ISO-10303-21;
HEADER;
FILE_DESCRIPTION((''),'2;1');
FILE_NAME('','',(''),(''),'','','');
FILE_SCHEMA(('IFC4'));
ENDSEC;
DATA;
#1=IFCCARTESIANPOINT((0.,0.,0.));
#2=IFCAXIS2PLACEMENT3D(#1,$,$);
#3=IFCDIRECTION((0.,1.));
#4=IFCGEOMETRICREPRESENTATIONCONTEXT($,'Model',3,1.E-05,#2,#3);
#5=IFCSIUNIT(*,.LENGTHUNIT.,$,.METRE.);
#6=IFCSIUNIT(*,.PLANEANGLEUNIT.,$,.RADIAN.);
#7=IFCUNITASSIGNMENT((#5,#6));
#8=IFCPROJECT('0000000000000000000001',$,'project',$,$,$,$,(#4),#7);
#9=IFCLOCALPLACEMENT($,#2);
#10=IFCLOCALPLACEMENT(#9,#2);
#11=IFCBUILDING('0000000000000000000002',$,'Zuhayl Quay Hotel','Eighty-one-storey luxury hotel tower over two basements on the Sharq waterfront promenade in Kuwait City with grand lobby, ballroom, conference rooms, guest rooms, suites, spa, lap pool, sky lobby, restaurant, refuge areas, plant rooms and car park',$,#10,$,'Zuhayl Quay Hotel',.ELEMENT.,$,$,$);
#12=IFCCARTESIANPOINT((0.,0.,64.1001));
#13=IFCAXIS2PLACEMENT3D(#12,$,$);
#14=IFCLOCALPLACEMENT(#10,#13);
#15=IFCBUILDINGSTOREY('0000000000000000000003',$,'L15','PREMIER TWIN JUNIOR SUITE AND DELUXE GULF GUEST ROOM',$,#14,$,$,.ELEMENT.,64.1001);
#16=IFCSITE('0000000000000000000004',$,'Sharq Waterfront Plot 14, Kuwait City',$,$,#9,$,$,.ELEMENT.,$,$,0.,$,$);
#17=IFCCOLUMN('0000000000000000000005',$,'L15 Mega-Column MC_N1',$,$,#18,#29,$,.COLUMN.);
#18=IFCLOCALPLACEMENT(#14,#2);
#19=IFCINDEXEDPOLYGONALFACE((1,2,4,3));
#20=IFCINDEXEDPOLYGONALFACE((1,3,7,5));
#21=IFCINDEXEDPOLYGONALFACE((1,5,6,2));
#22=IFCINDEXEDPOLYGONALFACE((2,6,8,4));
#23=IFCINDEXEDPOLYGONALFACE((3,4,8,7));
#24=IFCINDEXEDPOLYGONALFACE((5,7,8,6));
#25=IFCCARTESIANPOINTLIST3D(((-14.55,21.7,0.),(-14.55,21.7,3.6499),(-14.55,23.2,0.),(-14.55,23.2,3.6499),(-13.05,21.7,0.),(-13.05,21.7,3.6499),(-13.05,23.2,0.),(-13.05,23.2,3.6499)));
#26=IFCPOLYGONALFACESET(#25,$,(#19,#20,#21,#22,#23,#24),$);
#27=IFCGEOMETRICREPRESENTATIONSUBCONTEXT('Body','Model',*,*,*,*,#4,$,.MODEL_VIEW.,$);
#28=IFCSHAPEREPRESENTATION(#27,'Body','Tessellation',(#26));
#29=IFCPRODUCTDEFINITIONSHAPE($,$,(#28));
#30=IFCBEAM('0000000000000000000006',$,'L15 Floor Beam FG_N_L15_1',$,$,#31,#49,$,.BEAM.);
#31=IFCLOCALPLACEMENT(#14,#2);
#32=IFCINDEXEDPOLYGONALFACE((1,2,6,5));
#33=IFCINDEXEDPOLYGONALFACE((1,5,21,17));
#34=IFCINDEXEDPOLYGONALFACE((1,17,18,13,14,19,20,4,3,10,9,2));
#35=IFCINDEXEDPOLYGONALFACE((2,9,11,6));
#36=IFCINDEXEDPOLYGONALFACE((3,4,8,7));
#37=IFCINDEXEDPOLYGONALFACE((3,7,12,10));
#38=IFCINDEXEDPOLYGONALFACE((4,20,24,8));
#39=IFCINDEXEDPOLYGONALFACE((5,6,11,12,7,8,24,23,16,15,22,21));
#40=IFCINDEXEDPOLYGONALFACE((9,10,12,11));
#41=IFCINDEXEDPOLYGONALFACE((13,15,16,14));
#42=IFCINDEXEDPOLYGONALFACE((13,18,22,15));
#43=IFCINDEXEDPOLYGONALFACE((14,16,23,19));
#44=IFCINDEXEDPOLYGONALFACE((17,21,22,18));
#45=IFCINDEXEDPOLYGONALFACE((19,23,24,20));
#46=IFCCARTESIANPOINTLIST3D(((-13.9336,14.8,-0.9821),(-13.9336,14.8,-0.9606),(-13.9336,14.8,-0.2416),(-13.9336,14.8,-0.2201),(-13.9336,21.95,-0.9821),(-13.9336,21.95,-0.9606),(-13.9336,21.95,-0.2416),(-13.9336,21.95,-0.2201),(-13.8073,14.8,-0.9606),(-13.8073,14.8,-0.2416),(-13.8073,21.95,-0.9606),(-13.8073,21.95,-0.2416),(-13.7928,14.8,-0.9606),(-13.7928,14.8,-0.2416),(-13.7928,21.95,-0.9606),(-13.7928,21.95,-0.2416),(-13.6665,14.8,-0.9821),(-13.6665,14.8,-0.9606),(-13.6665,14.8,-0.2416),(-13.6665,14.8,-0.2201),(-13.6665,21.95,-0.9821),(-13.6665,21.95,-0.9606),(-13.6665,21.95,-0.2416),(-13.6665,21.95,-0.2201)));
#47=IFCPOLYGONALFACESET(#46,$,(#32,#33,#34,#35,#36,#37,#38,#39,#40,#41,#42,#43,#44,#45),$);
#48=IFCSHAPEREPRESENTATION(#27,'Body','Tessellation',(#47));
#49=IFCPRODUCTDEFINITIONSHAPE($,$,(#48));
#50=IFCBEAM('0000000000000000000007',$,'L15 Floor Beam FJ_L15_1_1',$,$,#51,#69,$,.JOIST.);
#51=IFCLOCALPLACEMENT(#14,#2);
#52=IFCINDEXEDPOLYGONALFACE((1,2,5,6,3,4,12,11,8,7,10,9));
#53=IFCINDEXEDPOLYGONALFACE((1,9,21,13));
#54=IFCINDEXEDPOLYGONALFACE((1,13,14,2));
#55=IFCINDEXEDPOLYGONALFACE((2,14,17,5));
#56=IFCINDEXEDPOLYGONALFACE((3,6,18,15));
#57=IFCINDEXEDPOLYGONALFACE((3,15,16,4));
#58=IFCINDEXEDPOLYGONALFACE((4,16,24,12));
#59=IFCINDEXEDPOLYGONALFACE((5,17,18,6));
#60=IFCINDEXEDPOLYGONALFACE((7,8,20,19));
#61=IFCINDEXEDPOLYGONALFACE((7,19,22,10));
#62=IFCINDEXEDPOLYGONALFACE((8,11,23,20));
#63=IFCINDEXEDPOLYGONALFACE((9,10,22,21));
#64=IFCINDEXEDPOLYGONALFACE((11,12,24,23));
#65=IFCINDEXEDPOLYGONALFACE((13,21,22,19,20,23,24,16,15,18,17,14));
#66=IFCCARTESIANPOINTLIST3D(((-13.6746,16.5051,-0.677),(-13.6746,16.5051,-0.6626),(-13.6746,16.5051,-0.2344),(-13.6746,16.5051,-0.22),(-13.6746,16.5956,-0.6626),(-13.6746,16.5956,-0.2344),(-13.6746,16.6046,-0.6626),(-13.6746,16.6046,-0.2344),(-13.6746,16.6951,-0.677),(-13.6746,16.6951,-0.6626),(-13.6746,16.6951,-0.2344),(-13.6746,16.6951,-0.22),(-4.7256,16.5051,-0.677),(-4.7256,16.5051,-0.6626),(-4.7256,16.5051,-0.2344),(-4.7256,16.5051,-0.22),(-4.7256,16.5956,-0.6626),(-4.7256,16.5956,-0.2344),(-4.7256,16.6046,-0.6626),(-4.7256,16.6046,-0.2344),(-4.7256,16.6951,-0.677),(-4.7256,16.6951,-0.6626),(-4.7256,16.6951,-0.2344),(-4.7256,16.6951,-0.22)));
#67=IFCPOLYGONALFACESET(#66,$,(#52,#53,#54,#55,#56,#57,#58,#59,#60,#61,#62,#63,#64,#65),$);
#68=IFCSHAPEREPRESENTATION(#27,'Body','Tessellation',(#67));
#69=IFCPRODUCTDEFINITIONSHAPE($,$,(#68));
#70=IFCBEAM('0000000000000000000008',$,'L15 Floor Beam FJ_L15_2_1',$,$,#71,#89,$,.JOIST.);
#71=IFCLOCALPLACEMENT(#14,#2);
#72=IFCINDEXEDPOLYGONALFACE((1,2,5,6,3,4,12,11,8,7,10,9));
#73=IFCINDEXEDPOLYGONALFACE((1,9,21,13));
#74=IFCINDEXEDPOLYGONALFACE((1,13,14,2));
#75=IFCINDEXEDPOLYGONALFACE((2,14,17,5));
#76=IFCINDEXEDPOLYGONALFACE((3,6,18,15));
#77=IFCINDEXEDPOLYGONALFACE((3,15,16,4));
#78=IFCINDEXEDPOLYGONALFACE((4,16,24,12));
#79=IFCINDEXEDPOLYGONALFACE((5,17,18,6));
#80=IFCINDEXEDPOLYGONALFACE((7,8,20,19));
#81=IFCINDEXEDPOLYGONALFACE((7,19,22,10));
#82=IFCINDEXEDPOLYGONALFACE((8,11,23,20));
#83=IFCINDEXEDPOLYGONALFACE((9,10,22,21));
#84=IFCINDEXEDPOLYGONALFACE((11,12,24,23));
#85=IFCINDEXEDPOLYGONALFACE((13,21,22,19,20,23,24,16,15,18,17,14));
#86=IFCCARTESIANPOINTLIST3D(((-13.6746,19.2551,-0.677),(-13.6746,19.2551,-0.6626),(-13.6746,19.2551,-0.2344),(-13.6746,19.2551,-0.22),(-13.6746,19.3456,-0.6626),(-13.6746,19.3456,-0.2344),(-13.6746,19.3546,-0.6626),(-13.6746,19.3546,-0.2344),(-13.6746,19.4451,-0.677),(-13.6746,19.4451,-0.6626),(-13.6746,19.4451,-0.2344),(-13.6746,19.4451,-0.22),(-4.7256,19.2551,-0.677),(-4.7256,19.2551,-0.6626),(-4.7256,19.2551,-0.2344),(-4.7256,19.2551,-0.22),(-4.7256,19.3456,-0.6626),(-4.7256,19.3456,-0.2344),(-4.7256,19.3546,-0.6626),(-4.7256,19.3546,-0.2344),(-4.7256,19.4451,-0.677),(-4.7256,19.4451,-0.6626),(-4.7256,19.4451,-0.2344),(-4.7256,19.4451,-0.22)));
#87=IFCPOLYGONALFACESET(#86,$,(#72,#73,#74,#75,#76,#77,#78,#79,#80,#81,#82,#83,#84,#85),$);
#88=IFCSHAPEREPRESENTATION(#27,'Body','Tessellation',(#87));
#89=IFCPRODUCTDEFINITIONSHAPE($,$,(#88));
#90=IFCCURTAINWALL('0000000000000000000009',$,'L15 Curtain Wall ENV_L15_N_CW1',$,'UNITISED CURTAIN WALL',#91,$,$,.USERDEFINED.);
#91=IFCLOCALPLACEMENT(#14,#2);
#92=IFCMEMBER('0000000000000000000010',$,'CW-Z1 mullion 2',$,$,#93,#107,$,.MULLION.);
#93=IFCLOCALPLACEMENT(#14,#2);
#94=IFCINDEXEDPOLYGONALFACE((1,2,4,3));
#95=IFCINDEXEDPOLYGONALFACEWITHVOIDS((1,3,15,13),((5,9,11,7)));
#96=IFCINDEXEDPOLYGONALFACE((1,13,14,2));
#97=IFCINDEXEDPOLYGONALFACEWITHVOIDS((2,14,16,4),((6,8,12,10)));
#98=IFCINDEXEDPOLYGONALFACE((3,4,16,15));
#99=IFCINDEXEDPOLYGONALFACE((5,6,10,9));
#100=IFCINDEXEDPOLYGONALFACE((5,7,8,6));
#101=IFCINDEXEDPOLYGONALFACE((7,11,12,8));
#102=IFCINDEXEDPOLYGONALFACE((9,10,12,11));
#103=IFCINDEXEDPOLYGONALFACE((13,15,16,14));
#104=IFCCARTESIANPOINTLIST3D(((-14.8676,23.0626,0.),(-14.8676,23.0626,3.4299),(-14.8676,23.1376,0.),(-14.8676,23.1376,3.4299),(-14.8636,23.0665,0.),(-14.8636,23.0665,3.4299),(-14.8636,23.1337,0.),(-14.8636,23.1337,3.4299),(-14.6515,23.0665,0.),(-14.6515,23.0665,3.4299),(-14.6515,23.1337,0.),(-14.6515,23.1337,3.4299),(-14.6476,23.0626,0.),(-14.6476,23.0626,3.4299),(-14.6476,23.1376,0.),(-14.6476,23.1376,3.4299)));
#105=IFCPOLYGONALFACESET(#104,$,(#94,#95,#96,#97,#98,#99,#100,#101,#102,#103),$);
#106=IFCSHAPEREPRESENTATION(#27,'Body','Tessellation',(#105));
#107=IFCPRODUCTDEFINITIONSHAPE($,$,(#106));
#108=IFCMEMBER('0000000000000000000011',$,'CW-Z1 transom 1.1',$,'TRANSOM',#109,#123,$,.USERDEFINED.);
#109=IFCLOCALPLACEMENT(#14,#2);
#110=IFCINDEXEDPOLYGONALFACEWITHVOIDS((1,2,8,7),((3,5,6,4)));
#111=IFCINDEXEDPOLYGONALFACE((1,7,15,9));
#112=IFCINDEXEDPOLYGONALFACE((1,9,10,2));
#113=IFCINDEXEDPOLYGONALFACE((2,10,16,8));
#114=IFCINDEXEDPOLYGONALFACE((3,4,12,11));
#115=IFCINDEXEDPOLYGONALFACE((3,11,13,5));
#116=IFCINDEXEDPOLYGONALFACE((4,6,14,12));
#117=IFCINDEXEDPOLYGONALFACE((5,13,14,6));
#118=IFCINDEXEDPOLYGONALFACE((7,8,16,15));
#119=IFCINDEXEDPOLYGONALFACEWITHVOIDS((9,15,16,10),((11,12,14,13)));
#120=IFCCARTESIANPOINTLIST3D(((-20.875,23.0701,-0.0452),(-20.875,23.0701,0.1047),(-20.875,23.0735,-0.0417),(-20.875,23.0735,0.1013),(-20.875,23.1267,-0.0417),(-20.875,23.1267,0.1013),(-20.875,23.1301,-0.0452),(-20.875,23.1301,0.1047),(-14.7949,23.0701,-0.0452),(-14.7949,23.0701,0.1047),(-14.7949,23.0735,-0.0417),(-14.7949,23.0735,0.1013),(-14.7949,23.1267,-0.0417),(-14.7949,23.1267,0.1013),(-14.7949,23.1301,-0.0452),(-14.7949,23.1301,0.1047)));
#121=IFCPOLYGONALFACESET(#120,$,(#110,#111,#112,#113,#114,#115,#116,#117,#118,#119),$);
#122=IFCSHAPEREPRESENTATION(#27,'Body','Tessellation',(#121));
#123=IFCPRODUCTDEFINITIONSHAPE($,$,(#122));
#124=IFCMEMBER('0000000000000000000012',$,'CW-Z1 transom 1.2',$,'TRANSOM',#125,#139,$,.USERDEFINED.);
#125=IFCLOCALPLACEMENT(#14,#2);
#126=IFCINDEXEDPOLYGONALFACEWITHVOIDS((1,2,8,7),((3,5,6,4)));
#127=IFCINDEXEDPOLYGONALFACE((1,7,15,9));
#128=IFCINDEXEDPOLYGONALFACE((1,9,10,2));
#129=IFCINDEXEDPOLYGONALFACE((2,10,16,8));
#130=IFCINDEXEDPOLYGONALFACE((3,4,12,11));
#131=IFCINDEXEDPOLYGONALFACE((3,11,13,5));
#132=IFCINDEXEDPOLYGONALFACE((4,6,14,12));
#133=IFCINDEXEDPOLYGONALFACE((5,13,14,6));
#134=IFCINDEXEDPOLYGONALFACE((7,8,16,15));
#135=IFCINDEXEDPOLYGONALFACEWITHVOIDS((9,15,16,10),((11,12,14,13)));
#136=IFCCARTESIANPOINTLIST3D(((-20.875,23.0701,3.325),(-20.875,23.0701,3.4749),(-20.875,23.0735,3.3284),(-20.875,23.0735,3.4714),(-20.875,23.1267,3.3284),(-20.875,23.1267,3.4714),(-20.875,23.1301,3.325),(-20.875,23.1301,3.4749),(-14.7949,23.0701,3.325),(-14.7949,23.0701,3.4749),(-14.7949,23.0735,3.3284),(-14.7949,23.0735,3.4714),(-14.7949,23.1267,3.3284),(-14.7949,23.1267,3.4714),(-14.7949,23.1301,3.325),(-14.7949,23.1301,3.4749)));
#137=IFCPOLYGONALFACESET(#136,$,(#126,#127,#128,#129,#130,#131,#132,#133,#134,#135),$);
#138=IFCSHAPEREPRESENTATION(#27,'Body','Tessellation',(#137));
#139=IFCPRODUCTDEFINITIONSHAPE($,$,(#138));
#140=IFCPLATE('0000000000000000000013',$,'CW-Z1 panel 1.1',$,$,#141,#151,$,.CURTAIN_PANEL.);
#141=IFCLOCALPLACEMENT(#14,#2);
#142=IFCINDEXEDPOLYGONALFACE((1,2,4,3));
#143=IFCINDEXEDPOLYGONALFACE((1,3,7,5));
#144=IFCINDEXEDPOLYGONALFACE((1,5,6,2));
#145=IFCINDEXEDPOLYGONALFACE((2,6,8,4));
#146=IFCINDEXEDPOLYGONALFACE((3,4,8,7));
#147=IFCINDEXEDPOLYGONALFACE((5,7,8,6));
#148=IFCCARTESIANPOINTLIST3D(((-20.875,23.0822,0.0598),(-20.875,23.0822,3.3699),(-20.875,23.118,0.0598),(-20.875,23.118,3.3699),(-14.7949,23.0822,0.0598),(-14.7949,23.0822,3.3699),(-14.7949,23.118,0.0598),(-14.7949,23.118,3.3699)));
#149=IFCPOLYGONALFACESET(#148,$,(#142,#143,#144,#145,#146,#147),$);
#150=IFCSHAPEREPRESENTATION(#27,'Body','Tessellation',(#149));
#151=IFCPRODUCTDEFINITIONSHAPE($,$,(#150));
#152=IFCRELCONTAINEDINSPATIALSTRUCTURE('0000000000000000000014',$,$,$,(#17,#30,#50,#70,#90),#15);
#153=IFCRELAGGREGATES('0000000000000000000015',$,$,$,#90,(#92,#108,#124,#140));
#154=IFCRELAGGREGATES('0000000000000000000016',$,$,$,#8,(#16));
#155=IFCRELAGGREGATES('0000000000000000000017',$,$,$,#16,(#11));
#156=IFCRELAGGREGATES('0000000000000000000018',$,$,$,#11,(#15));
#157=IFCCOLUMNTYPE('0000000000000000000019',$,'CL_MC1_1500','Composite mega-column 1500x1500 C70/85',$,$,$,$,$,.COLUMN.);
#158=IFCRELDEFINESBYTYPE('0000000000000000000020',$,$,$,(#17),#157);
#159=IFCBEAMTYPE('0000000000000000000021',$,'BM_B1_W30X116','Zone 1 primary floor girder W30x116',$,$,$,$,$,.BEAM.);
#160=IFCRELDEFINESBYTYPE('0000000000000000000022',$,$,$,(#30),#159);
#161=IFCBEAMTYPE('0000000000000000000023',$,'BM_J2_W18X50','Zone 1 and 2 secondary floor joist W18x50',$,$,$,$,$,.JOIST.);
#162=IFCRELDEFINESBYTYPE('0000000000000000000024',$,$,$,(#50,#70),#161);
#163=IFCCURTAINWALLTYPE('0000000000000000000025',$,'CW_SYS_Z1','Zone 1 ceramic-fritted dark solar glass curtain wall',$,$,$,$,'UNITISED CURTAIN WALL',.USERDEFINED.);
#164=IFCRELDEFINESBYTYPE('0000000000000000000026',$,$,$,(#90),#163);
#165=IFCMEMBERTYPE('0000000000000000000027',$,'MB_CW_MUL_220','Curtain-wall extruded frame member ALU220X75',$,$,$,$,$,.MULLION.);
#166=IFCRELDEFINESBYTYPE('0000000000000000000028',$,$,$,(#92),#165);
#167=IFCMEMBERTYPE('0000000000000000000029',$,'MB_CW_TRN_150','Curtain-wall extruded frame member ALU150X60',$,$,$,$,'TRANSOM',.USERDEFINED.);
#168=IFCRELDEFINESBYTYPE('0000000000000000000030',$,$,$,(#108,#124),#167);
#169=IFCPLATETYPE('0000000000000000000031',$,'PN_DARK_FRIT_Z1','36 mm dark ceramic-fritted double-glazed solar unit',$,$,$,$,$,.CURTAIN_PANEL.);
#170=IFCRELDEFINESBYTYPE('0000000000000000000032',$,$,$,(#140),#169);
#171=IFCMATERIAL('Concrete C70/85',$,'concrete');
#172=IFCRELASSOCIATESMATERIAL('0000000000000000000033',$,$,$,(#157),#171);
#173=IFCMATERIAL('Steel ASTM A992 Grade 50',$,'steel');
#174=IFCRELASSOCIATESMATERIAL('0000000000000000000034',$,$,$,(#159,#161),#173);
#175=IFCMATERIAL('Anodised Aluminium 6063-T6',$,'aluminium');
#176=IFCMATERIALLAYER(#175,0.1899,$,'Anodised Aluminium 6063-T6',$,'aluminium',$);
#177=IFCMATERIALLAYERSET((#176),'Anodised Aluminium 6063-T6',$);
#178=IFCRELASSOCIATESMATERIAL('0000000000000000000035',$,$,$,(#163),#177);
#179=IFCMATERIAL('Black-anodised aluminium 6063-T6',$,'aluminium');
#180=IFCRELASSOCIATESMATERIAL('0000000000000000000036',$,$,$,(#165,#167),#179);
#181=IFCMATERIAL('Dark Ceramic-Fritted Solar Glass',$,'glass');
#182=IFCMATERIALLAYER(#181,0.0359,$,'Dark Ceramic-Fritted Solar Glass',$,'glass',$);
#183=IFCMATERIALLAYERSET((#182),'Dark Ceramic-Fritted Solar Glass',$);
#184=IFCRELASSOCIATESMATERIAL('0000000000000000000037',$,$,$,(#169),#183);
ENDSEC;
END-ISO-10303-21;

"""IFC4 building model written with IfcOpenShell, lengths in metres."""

from ifc_helpers import new_model, si_unit, direction, frame, origin, origin_2d, place, context, subcontext, project, spatial, rectangle, hollow_rectangle, i_section, extrude, material, layer, layer_set, material_profile, profile_set, type_object, element, aggregate, save


model = new_model("IFC4")

# Units and contexts
model_context = context("Model", 3, precision=1e-05, world=origin(), true_north=direction((0.0, 1.0)))
body_context = subcontext(model_context, "Body", "Model", "MODEL_VIEW")
ifc_project = project(units=[si_unit("LENGTHUNIT", "METRE"), si_unit("PLANEANGLEUNIT", "RADIAN")], contexts=[model_context])

# Site, building, storey
site_placement = place(None, origin())
site = spatial("IfcSite", under=ifc_project, at=site_placement, Name="Sharq Waterfront Plot 14, Kuwait City", CompositionType="ELEMENT", RefElevation=0.0)
building_placement = place(site_placement, origin())
building = spatial("IfcBuilding", under=site, at=building_placement, Name="Zuhayl Quay Hotel", Description="Eighty-one-storey luxury hotel tower over two basements on the Sharq waterfront promenade in Kuwait City with grand lobby, ballroom, conference rooms, guest rooms, suites, spa, lap pool, sky lobby, restaurant, refuge areas, plant rooms and car park", LongName="Zuhayl Quay Hotel", CompositionType="ELEMENT")
storey_placement = place(building_placement, frame((0.0, 0.0, 64.1001)))
storey = spatial("IfcBuildingStorey", under=building, at=storey_placement, Name="L15", Description="PREMIER TWIN JUNIOR SUITE AND DELUXE GULF GUEST ROOM", CompositionType="ELEMENT", Elevation=64.1001)

# Column
ifc_material_1 = material(Name="Concrete C70/85", Category="concrete")
ifc_material_profile_1 = material_profile(ifc_material_1, rectangle(XDim=1.5, YDim=1.5, at=origin_2d()), Name="RC1500X1500")
ifc_profile_set_1 = profile_set([ifc_material_profile_1], Name="Concrete C70/85")
column_type = type_object("IfcColumnType", Name="CL_MC1_1500", Description="Composite mega-column 1500x1500 C70/85", PredefinedType="COLUMN", material=ifc_profile_set_1)
column_placement = place(storey_placement, frame((-13.8, 22.45, 0.0), z_axis=(0.0, 0.0, 1.0), x_axis=(1.0, 0.0, 0.0)))
element("IfcColumn", 1, at=column_placement, inside=storey, type_object=column_type, Name="L15 Mega-Column MC_N1", PredefinedType="COLUMN", context=body_context, shape_type="SweptSolid", body=[
    extrude(rectangle(XDim=1.5, YDim=1.5, at=origin_2d()), origin(), (0.0, 0.0, 1.0), 3.6499),
])

# Beams
ifc_material_2 = material(Name="Steel ASTM A992 Grade 50", Category="steel")
ifc_material_profile_2 = material_profile(ifc_material_2, i_section(OverallWidth=0.2671, OverallDepth=0.762, WebThickness=0.0144, FlangeThickness=0.0215, at=origin_2d()), Name="W30X116")
ifc_profile_set_2 = profile_set([ifc_material_profile_2], Name="Steel ASTM A992 Grade 50")
beam_type_1 = type_object("IfcBeamType", Name="BM_B1_W30X116", Description="Zone 1 primary floor girder W30x116", PredefinedType="BEAM", material=ifc_profile_set_2)
beam_placement = place(storey_placement, frame((-13.8, 14.8, -0.6011), z_axis=(0.0, 1.0, 0.0), x_axis=(-1.0, 0.0, 0.0)))
element("IfcBeam", 2, at=beam_placement, inside=storey, type_object=beam_type_1, Name="L15 Floor Beam FG_N_L15_1", PredefinedType="BEAM", context=body_context, shape_type="SweptSolid", body=[
    extrude(i_section(OverallWidth=0.2671, OverallDepth=0.762, WebThickness=0.0144, FlangeThickness=0.0215, at=origin_2d()), origin(), (0.0, 0.0, 1.0), 7.1499),
])
ifc_material_profile_3 = material_profile(ifc_material_2, i_section(OverallWidth=0.1899, OverallDepth=0.457, WebThickness=0.009, FlangeThickness=0.0144, at=origin_2d()), Name="W18X50")
ifc_profile_set_3 = profile_set([ifc_material_profile_3], Name="Steel ASTM A992 Grade 50")
beam_type_2 = type_object("IfcBeamType", Name="BM_J2_W18X50", Description="Zone 1 and 2 secondary floor joist W18x50", PredefinedType="JOIST", material=ifc_profile_set_3)
for number, where, z_axis, x_axis, name in (
    (3, (-13.6746, 16.6001, -0.4485), (1.0, 0.0, 0.0), (0.0, 1.0, 0.0), "L15 Floor Beam FJ_L15_1_1"),
    (4, (-13.6746, 19.3501, -0.4485), (1.0, 0.0, 0.0), (0.0, 1.0, 0.0), "L15 Floor Beam FJ_L15_2_1"),
):
    element("IfcBeam", number, at=place(storey_placement, frame(where, z_axis=z_axis, x_axis=x_axis)), inside=storey, type_object=beam_type_2, Name=name, PredefinedType="JOIST", context=body_context, shape_type="SweptSolid", body=[
        extrude(i_section(OverallWidth=0.1899, OverallDepth=0.457, WebThickness=0.009, FlangeThickness=0.0144, at=origin_2d()), origin(), (0.0, 0.0, 1.0), 8.949),
    ])

# Curtain wall, members, plate
ifc_material_3 = material(Name="Anodised Aluminium 6063-T6", Category="aluminium")
ifc_layer_1 = layer(ifc_material_3, 0.1899, Name="Anodised Aluminium 6063-T6", Category="aluminium")
ifc_layer_set_1 = layer_set([ifc_layer_1], Name="Anodised Aluminium 6063-T6")
curtain_wall_type = type_object("IfcCurtainWallType", Name="CW_SYS_Z1", Description="Zone 1 ceramic-fritted dark solar glass curtain wall", ElementType="UNITISED CURTAIN WALL", PredefinedType="USERDEFINED", material=ifc_layer_set_1)
curtain_wall_placement = place(storey_placement, origin())
curtain_wall = element("IfcCurtainWall", 5, at=curtain_wall_placement, inside=storey, type_object=curtain_wall_type, Name="L15 Curtain Wall ENV_L15_N_CW1", ObjectType="UNITISED CURTAIN WALL", PredefinedType="USERDEFINED")
ifc_material_4 = material(Name="Black-anodised aluminium 6063-T6", Category="aluminium")
ifc_material_profile_4 = material_profile(ifc_material_4, hollow_rectangle(XDim=0.075, YDim=0.22, WallThickness=0.0039, at=origin_2d()), Name="ALU220X75")
ifc_profile_set_4 = profile_set([ifc_material_profile_4], Name="Black-anodised aluminium 6063-T6")
member_type_1 = type_object("IfcMemberType", Name="MB_CW_MUL_220", Description="Curtain-wall extruded frame member ALU220X75", PredefinedType="MULLION", material=ifc_profile_set_4)
member_1_placement = place(storey_placement, frame((-14.7576, 23.1001, 0.0), z_axis=(0.0, 0.0, 1.0), x_axis=(0.0, 1.0, 0.0)))
member_1 = element("IfcMember", 6, at=member_1_placement, type_object=member_type_1, Name="CW-Z1 mullion 2", PredefinedType="MULLION", context=body_context, shape_type="SweptSolid", body=[
    extrude(hollow_rectangle(XDim=0.075, YDim=0.22, WallThickness=0.0039, at=origin_2d()), origin(), (0.0, 0.0, 1.0), 3.4299),
])
ifc_material_profile_5 = material_profile(ifc_material_4, hollow_rectangle(XDim=0.0601, YDim=0.1499, WallThickness=0.0034, at=origin_2d()), Name="ALU150X60")
ifc_profile_set_5 = profile_set([ifc_material_profile_5], Name="Black-anodised aluminium 6063-T6")
member_type_2 = type_object("IfcMemberType", Name="MB_CW_TRN_150", Description="Curtain-wall extruded frame member ALU150X60", ElementType="TRANSOM", PredefinedType="USERDEFINED", material=ifc_profile_set_5)
member_2_placement = place(storey_placement, frame((-20.875, 23.1001, 0.0298), z_axis=(1.0, 0.0, 0.0), x_axis=(0.0, 1.0, 0.0)))
member_2 = element("IfcMember", 7, at=member_2_placement, type_object=member_type_2, Name="CW-Z1 transom 1.1", ObjectType="TRANSOM", PredefinedType="USERDEFINED", context=body_context, shape_type="SweptSolid", body=[
    extrude(hollow_rectangle(XDim=0.0601, YDim=0.1499, WallThickness=0.0034, at=origin_2d()), origin(), (0.0, 0.0, 1.0), 6.0801),
])
member_3_placement = place(storey_placement, frame((-20.875, 23.1001, 3.3999), z_axis=(1.0, 0.0, 0.0), x_axis=(0.0, 1.0, 0.0)))
member_3 = element("IfcMember", 8, at=member_3_placement, type_object=member_type_2, Name="CW-Z1 transom 1.2", ObjectType="TRANSOM", PredefinedType="USERDEFINED", context=body_context, shape_type="SweptSolid", body=[
    extrude(hollow_rectangle(XDim=0.0601, YDim=0.1499, WallThickness=0.0034, at=origin_2d()), origin(), (0.0, 0.0, 1.0), 6.0801),
])
ifc_material_5 = material(Name="Dark Ceramic-Fritted Solar Glass", Category="glass")
ifc_layer_2 = layer(ifc_material_5, 0.0359, Name="Dark Ceramic-Fritted Solar Glass", Category="glass")
ifc_layer_set_2 = layer_set([ifc_layer_2], Name="Dark Ceramic-Fritted Solar Glass")
plate_type = type_object("IfcPlateType", Name="PN_DARK_FRIT_Z1", Description="36 mm dark ceramic-fritted double-glazed solar unit", PredefinedType="CURTAIN_PANEL", material=ifc_layer_set_2)
plate_placement = place(storey_placement, frame((-17.835, 23.1001, 0.0598), z_axis=(0.0, 0.0, 1.0), x_axis=(1.0, 0.0, 0.0)))
plate = element("IfcPlate", 9, at=plate_placement, type_object=plate_type, Name="CW-Z1 panel 1.1", PredefinedType="CURTAIN_PANEL", context=body_context, shape_type="SweptSolid", body=[
    extrude(rectangle(XDim=6.0801, YDim=0.0359, at=origin_2d()), origin(), (0.0, 0.0, 1.0), 3.3101),
])
aggregate(curtain_wall, [member_1, member_2, member_3, plate])

save(model, "model.ifc")
